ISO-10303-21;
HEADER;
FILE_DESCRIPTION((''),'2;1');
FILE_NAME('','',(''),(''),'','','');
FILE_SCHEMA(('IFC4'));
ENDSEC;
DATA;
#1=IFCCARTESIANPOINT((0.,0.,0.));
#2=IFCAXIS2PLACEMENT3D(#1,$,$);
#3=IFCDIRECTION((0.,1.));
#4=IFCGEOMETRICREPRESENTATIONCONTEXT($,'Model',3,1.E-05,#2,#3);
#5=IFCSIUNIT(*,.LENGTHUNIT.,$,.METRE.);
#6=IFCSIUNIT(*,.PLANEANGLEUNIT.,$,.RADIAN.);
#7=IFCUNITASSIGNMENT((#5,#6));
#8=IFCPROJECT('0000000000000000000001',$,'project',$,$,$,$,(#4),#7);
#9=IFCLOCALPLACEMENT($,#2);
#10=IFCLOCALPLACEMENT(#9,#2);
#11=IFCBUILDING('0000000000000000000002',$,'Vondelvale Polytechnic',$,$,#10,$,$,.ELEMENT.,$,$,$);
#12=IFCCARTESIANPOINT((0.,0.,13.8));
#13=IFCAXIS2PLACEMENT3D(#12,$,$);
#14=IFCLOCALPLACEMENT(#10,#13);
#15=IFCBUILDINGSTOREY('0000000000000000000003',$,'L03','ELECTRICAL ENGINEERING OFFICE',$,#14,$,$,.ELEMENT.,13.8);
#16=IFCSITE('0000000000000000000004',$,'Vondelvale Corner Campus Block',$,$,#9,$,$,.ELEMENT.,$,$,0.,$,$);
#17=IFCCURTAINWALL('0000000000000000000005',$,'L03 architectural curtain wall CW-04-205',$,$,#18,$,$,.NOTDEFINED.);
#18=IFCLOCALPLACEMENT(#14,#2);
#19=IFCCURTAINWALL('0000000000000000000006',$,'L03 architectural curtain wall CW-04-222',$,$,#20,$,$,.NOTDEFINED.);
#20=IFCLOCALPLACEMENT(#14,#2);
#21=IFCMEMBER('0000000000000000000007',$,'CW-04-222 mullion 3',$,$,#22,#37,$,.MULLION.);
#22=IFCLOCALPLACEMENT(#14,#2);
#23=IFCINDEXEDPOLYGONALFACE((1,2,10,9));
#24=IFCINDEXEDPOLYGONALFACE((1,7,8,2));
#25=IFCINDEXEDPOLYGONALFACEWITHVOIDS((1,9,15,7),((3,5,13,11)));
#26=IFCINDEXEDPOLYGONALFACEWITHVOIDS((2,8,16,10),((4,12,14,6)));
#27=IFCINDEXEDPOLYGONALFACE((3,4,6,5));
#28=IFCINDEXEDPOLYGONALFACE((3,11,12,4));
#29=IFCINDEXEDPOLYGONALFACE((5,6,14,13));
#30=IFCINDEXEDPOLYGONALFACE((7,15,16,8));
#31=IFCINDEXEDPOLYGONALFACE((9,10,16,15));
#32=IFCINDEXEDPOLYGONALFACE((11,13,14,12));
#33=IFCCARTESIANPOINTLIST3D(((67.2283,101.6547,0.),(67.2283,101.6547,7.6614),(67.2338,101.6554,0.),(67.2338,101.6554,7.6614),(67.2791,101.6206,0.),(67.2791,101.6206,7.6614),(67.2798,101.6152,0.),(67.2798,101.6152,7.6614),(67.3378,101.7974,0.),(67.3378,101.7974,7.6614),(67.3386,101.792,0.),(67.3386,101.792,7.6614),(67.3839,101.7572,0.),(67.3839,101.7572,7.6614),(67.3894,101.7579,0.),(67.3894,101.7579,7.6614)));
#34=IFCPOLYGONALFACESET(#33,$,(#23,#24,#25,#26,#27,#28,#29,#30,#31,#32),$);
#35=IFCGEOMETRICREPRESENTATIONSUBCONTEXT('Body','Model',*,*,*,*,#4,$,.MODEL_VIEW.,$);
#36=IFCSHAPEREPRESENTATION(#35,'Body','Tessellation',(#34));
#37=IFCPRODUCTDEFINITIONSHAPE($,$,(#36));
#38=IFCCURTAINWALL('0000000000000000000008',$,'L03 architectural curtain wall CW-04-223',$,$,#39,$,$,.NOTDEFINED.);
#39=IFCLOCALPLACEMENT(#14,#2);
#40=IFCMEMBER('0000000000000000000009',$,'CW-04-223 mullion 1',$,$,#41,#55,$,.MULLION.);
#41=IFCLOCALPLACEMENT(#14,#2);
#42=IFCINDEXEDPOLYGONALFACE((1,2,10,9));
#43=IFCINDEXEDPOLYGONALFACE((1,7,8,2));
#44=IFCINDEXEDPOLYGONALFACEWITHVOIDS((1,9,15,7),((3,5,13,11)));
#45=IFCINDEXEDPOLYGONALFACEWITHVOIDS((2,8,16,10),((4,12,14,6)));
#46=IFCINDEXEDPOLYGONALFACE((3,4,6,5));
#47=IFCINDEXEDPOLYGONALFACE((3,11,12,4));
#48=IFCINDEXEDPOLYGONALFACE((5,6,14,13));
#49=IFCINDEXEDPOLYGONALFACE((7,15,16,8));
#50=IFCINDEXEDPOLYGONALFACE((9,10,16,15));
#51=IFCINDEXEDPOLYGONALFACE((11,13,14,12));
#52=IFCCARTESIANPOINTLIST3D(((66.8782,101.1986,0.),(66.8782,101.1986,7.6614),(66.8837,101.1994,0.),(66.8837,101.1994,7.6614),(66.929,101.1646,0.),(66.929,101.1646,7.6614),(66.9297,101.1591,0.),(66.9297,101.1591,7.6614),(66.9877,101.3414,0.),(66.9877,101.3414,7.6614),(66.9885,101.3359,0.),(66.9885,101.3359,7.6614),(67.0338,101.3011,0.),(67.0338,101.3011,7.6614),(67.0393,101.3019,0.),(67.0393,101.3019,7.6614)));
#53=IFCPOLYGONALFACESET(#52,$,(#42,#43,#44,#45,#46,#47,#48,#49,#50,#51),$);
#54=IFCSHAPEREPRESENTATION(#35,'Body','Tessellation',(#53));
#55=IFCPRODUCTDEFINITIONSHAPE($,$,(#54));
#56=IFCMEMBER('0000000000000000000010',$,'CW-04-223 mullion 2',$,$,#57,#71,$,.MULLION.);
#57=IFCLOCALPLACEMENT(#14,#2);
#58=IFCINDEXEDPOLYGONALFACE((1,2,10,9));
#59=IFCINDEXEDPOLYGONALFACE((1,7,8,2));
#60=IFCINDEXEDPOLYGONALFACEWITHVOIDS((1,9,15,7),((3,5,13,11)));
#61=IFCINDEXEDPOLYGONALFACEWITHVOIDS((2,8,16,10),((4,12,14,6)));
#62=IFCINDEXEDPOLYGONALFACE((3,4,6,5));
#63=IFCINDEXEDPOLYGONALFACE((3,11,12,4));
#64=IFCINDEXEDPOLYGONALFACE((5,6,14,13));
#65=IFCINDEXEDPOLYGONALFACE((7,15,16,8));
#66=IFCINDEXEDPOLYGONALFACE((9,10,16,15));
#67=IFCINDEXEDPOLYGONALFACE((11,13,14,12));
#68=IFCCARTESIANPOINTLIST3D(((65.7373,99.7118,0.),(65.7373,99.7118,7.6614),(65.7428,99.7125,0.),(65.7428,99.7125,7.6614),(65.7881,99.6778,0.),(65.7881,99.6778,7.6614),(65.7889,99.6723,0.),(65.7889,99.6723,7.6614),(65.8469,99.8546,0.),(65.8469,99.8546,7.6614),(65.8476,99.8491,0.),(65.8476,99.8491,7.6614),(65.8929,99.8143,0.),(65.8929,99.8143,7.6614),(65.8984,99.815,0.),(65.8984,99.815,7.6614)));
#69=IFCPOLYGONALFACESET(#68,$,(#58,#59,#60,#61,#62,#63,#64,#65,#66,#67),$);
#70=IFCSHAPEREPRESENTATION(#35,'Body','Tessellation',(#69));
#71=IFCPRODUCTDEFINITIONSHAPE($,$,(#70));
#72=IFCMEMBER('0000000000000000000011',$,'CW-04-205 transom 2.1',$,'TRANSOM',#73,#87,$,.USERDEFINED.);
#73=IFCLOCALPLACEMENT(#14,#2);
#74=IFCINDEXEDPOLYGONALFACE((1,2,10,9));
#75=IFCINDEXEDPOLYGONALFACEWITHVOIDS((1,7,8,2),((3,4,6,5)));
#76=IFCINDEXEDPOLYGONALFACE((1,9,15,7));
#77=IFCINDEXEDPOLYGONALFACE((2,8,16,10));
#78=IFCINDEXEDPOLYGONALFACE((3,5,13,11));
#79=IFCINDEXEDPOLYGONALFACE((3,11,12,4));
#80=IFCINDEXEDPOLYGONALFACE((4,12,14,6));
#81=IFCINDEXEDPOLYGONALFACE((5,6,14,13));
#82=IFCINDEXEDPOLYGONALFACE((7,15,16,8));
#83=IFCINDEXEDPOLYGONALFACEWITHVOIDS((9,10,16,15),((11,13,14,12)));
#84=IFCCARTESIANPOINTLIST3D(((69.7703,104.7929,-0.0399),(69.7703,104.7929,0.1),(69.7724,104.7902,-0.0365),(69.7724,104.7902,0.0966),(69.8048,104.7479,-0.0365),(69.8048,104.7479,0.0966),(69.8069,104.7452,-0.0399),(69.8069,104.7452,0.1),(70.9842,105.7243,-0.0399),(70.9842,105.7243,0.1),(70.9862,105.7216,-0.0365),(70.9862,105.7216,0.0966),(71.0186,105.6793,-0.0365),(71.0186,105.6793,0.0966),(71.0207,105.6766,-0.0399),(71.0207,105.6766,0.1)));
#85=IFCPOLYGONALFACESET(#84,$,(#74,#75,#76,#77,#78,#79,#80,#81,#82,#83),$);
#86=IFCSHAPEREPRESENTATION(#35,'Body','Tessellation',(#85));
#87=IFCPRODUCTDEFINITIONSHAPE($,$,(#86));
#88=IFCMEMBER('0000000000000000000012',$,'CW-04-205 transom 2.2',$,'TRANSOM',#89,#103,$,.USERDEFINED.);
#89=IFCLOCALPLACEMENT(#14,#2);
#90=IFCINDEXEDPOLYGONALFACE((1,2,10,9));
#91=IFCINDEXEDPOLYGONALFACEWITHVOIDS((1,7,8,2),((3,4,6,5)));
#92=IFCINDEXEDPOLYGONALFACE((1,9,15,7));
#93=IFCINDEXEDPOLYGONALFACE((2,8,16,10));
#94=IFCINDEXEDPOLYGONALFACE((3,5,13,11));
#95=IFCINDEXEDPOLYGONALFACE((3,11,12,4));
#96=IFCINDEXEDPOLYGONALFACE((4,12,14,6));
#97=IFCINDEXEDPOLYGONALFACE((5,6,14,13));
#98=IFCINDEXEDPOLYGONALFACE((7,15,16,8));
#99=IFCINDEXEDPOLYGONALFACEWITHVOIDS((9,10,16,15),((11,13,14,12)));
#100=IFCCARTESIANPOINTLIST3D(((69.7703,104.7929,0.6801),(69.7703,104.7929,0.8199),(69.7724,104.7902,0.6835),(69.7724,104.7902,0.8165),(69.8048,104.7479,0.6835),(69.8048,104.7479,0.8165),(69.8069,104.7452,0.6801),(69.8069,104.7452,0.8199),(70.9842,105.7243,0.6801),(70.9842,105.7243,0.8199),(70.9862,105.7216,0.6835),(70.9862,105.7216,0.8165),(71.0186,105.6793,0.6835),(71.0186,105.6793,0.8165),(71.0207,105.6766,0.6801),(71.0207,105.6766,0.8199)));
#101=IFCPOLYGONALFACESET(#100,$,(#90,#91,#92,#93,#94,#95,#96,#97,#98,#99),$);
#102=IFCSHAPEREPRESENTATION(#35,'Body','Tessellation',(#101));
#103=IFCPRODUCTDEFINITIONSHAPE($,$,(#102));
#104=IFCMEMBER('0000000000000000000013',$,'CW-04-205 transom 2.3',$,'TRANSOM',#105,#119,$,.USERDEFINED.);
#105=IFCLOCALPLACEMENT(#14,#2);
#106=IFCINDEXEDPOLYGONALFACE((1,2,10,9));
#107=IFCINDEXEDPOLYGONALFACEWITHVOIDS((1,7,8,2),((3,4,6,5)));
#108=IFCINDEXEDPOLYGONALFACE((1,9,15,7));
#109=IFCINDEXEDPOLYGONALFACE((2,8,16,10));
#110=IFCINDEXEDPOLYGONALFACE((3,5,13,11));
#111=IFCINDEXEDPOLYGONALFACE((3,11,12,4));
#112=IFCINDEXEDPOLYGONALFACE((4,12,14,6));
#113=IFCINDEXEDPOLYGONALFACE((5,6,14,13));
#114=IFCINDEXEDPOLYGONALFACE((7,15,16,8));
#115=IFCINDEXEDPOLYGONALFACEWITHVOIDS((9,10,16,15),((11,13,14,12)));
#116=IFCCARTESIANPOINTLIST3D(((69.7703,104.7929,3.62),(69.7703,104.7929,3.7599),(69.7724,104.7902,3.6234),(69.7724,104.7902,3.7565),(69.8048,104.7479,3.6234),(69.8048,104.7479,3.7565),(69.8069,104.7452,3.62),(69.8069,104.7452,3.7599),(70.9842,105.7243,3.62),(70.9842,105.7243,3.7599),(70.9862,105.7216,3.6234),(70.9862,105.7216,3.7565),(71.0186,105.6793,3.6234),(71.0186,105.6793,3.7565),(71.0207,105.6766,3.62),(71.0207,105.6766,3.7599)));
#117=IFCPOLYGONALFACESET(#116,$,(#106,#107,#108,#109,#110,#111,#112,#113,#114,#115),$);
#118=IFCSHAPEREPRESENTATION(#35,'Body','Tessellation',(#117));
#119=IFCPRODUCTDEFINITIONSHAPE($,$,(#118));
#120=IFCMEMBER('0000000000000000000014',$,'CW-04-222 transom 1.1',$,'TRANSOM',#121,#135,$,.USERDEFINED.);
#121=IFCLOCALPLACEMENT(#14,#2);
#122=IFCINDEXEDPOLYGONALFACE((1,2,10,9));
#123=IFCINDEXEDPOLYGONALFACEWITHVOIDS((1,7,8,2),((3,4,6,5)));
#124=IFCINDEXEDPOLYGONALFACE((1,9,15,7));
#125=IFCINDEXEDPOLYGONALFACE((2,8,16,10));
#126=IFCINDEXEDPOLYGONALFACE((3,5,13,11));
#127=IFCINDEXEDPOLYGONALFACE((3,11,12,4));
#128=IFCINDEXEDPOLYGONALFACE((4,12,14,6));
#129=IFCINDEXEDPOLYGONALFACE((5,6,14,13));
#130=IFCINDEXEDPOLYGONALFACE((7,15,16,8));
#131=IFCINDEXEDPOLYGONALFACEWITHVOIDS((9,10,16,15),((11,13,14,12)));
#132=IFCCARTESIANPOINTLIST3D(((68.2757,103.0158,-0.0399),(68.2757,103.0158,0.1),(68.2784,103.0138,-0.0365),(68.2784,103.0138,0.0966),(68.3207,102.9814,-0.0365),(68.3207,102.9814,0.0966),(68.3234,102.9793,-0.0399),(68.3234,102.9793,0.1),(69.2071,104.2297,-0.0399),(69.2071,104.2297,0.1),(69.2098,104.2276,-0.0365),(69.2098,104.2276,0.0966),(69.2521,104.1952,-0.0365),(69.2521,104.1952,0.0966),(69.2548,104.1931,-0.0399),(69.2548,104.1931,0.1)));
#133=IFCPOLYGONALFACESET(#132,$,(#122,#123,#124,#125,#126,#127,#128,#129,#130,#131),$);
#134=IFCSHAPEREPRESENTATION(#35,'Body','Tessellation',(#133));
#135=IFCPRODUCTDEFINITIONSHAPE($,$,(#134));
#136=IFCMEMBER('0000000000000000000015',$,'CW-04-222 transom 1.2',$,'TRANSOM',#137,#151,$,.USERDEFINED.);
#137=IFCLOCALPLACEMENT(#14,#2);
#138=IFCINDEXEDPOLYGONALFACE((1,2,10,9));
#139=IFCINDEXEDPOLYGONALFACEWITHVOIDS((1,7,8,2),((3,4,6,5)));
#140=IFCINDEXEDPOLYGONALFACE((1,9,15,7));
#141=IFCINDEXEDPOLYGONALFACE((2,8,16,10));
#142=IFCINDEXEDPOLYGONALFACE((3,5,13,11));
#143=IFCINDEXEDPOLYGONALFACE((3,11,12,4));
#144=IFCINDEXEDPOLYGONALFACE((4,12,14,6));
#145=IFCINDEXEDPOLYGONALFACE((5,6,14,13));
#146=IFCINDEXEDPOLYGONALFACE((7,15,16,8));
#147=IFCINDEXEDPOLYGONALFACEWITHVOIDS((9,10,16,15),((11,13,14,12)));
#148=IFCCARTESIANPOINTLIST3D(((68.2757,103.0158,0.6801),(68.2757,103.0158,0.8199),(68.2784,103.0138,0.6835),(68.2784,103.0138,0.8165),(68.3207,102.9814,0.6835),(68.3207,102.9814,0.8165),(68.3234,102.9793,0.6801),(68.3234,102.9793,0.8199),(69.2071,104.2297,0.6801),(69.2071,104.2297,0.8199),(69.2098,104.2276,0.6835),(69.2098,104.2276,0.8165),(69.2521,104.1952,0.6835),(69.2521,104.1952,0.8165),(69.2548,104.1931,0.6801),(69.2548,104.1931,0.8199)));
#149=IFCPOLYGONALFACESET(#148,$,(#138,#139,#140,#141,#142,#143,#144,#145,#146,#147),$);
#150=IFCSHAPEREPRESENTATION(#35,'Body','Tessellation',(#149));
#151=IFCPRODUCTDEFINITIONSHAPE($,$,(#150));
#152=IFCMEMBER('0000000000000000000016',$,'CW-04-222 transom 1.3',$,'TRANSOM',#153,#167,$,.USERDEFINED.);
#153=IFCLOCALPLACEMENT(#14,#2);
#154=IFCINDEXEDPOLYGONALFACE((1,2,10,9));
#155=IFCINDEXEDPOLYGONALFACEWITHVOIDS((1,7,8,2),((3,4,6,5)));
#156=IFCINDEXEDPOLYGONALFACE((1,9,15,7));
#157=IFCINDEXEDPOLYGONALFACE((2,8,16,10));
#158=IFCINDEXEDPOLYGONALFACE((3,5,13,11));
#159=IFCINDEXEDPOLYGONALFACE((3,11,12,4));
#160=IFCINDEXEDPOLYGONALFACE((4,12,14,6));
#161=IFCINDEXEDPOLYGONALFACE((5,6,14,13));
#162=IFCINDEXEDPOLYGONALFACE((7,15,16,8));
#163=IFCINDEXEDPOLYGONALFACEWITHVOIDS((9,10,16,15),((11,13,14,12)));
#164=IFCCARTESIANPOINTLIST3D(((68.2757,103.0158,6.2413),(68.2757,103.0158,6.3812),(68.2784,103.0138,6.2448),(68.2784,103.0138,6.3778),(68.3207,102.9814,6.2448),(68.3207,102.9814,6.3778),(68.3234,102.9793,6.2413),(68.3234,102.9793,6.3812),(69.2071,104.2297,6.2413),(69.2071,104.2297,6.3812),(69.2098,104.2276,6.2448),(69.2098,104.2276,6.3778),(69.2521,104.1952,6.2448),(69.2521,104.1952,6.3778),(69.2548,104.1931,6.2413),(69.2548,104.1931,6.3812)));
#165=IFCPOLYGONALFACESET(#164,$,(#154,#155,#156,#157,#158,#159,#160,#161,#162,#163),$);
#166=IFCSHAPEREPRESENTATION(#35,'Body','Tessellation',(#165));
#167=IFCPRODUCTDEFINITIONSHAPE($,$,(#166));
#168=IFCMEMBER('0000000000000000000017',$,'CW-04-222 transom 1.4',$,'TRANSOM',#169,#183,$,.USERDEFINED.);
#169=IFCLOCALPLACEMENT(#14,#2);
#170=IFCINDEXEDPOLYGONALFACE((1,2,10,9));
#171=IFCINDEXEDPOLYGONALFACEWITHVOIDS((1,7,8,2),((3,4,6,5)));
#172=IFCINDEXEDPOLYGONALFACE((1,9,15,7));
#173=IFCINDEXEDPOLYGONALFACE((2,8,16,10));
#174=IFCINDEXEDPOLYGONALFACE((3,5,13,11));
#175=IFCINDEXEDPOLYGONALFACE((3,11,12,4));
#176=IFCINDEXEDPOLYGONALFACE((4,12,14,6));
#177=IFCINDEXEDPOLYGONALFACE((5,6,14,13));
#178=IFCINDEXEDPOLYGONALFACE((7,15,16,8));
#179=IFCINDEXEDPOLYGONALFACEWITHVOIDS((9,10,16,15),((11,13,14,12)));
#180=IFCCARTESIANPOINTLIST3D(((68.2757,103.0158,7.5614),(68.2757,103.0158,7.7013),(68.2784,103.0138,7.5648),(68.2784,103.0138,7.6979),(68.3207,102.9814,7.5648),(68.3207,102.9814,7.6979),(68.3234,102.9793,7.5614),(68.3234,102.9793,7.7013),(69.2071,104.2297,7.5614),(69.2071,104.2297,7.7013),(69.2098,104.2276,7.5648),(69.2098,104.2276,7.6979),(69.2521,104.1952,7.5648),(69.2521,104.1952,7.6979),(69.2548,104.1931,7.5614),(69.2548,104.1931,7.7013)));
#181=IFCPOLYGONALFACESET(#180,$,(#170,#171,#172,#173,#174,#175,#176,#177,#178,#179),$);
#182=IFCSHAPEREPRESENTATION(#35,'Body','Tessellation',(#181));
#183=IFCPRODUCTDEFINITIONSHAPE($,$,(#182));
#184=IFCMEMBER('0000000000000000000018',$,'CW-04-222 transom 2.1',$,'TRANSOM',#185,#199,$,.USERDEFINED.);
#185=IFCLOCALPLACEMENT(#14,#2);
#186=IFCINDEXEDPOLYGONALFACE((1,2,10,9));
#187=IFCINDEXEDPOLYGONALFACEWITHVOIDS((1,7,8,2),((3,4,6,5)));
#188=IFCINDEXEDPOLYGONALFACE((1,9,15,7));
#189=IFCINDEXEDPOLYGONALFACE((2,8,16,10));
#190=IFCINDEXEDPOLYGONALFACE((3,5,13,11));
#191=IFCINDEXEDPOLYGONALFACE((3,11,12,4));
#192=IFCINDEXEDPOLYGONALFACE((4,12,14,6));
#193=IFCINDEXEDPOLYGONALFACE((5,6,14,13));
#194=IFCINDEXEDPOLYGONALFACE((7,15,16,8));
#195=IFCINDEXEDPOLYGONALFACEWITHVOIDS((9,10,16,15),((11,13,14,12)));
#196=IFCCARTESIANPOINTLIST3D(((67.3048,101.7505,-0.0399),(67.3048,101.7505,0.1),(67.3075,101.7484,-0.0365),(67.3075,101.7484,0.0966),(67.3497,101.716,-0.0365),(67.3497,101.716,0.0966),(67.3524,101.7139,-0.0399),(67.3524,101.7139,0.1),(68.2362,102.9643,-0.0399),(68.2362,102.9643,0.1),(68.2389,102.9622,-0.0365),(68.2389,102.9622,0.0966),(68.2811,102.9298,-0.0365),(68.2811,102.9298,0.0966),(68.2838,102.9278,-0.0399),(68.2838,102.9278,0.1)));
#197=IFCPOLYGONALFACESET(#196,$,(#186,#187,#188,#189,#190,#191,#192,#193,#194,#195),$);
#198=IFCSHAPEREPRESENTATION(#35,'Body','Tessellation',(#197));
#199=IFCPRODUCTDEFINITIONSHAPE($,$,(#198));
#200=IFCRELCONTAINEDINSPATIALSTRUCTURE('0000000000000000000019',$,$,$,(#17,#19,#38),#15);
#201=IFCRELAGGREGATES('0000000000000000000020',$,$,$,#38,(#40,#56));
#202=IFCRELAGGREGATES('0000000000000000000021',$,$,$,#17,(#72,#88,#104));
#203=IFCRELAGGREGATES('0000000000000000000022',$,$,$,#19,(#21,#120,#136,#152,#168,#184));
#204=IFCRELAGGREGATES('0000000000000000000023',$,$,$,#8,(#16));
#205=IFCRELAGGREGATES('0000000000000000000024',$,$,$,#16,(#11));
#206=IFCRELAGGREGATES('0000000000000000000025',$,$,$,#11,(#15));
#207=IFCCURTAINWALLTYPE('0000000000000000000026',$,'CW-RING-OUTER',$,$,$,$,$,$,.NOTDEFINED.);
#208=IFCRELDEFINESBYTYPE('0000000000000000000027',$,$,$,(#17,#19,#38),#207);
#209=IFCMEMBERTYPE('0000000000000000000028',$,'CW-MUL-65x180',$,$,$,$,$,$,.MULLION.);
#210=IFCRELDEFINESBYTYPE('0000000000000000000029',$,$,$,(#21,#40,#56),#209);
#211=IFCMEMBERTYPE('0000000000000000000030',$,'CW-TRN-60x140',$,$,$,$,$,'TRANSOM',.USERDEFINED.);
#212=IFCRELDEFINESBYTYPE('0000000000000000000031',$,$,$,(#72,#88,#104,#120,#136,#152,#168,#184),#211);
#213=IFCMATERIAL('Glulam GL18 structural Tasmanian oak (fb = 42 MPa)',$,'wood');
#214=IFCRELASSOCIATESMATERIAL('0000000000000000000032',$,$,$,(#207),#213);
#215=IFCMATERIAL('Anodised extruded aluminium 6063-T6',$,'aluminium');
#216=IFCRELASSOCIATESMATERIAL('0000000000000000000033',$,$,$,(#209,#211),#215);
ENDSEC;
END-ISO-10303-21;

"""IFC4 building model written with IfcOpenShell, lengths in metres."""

from ifc_helpers import new_model, si_unit, direction, frame, origin, origin_2d, place, context, subcontext, project, spatial, hollow_rectangle, extrude, material, material_profile, profile_set, type_object, element, aggregate, save


model = new_model("IFC4")

# Units and contexts
model_context = context("Model", 3, precision=1e-05, world=origin(), true_north=direction((0.0, 1.0)))
body_context = subcontext(model_context, "Body", "Model", "MODEL_VIEW")
ifc_project = project(units=[si_unit("LENGTHUNIT", "METRE"), si_unit("PLANEANGLEUNIT", "RADIAN")], contexts=[model_context])

# Site, building, storey
site_placement = place(None, origin())
site = spatial("IfcSite", under=ifc_project, at=site_placement, Name="Vondelvale Corner Campus Block", CompositionType="ELEMENT", RefElevation=0.0)
building_placement = place(site_placement, origin())
building = spatial("IfcBuilding", under=site, at=building_placement, Name="Vondelvale Polytechnic", CompositionType="ELEMENT")
storey_placement = place(building_placement, frame((0.0, 0.0, 13.8)))
storey = spatial("IfcBuildingStorey", under=building, at=storey_placement, Name="L03", Description="ELECTRICAL ENGINEERING OFFICE", CompositionType="ELEMENT", Elevation=13.8)

# Shared definitions
ifc_material_1 = material(Name="Glulam GL18 structural Tasmanian oak (fb = 42 MPa)", Category="wood")

# Curtain wall
curtain_wall_type = type_object("IfcCurtainWallType", Name="CW-RING-OUTER", PredefinedType="NOTDEFINED", material=ifc_material_1)
curtain_wall_1_placement = place(storey_placement, origin())
curtain_wall_1 = element("IfcCurtainWall", 1, at=curtain_wall_1_placement, inside=storey, type_object=curtain_wall_type, Name="L03 architectural curtain wall CW-04-205", PredefinedType="NOTDEFINED")
ifc_material_2 = material(Name="Anodised extruded aluminium 6063-T6", Category="aluminium")
ifc_material_profile_1 = material_profile(ifc_material_2, hollow_rectangle(XDim=0.0649, YDim=0.1799, WallThickness=0.0039, at=origin_2d()), Name="CW-MUL-180x65")
ifc_profile_set_1 = profile_set([ifc_material_profile_1], Name="Anodised extruded aluminium 6063-T6")
member_type_1 = type_object("IfcMemberType", Name="CW-MUL-65x180", PredefinedType="MULLION", material=ifc_profile_set_1)

# Curtain walls, members
curtain_wall_2_placement = place(storey_placement, origin())
curtain_wall_2 = element("IfcCurtainWall", 2, at=curtain_wall_2_placement, inside=storey, type_object=curtain_wall_type, Name="L03 architectural curtain wall CW-04-222", PredefinedType="NOTDEFINED")
member_1_placement = place(storey_placement, frame((67.3088, 101.7063, 0.0), z_axis=(0.0, 0.0, 1.0), x_axis=(0.793334, -0.608787, 0.0)))
member_1 = element("IfcMember", 3, at=member_1_placement, type_object=member_type_1, Name="CW-04-222 mullion 3", PredefinedType="MULLION", context=body_context, shape_type="SweptSolid", body=[
    extrude(hollow_rectangle(XDim=0.0649, YDim=0.1799, WallThickness=0.0039, at=origin_2d()), origin(), (0.0, 0.0, 1.0), 7.6614),
])
curtain_wall_3_placement = place(storey_placement, origin())
curtain_wall_3 = element("IfcCurtainWall", 4, at=curtain_wall_3_placement, inside=storey, type_object=curtain_wall_type, Name="L03 architectural curtain wall CW-04-223", PredefinedType="NOTDEFINED")
member_2_placement = place(storey_placement, frame((66.9587, 101.2502, 0.0), z_axis=(0.0, 0.0, 1.0), x_axis=(0.793346, -0.608771, 0.0)))
member_2 = element("IfcMember", 5, at=member_2_placement, type_object=member_type_1, Name="CW-04-223 mullion 1", PredefinedType="MULLION", context=body_context, shape_type="SweptSolid", body=[
    extrude(hollow_rectangle(XDim=0.0649, YDim=0.1799, WallThickness=0.0039, at=origin_2d()), origin(), (0.0, 0.0, 1.0), 7.6614),
])
member_3_placement = place(storey_placement, frame((65.8179, 99.7634, 0.0), z_axis=(0.0, 0.0, 1.0), x_axis=(0.793346, -0.608771, 0.0)))
member_3 = element("IfcMember", 6, at=member_3_placement, type_object=member_type_1, Name="CW-04-223 mullion 2", PredefinedType="MULLION", context=body_context, shape_type="SweptSolid", body=[
    extrude(hollow_rectangle(XDim=0.0649, YDim=0.1799, WallThickness=0.0039, at=origin_2d()), origin(), (0.0, 0.0, 1.0), 7.6614),
])

# Members
ifc_material_profile_2 = material_profile(ifc_material_2, hollow_rectangle(XDim=0.0601, YDim=0.1399, WallThickness=0.0034, at=origin_2d()), Name="CW-TRN-140x60")
ifc_profile_set_2 = profile_set([ifc_material_profile_2], Name="Anodised extruded aluminium 6063-T6")
member_type_2 = type_object("IfcMemberType", Name="CW-TRN-60x140", ElementType="TRANSOM", PredefinedType="USERDEFINED", material=ifc_profile_set_2)
member_4_placement = place(storey_placement, frame((71.0024, 105.7004, 0.03), z_axis=(-0.793365, -0.608746, 0.0), x_axis=(0.608746, -0.793365, 0.0)))
member_4 = element("IfcMember", 7, at=member_4_placement, type_object=member_type_2, Name="CW-04-205 transom 2.1", ObjectType="TRANSOM", PredefinedType="USERDEFINED", context=body_context, shape_type="SweptSolid", body=[
    extrude(hollow_rectangle(XDim=0.0601, YDim=0.1399, WallThickness=0.0034, at=origin_2d()), origin(), (0.0, 0.0, 1.0), 1.53),
])
member_5_placement = place(storey_placement, frame((71.0024, 105.7004, 0.75), z_axis=(-0.793365, -0.608746, 0.0), x_axis=(0.608746, -0.793365, 0.0)))
member_5 = element("IfcMember", 8, at=member_5_placement, type_object=member_type_2, Name="CW-04-205 transom 2.2", ObjectType="TRANSOM", PredefinedType="USERDEFINED", context=body_context, shape_type="SweptSolid", body=[
    extrude(hollow_rectangle(XDim=0.0601, YDim=0.1399, WallThickness=0.0034, at=origin_2d()), origin(), (0.0, 0.0, 1.0), 1.53),
])
member_6_placement = place(storey_placement, frame((71.0024, 105.7004, 3.6899), z_axis=(-0.793365, -0.608746, 0.0), x_axis=(0.608746, -0.793365, 0.0)))
member_6 = element("IfcMember", 9, at=member_6_placement, type_object=member_type_2, Name="CW-04-205 transom 2.3", ObjectType="TRANSOM", PredefinedType="USERDEFINED", context=body_context, shape_type="SweptSolid", body=[
    extrude(hollow_rectangle(XDim=0.0601, YDim=0.1399, WallThickness=0.0034, at=origin_2d()), origin(), (0.0, 0.0, 1.0), 1.53),
])
member_7_placement = place(storey_placement, frame((69.231, 104.2114, 0.03), z_axis=(-0.608746, -0.793365, 0.0), x_axis=(0.793365, -0.608746, 0.0)))
member_7 = element("IfcMember", 10, at=member_7_placement, type_object=member_type_2, Name="CW-04-222 transom 1.1", ObjectType="TRANSOM", PredefinedType="USERDEFINED", context=body_context, shape_type="SweptSolid", body=[
    extrude(hollow_rectangle(XDim=0.0601, YDim=0.1399, WallThickness=0.0034, at=origin_2d()), origin(), (0.0, 0.0, 1.0), 1.53),
])
member_8_placement = place(storey_placement, frame((69.231, 104.2114, 0.75), z_axis=(-0.608746, -0.793365, 0.0), x_axis=(0.793365, -0.608746, 0.0)))
member_8 = element("IfcMember", 11, at=member_8_placement, type_object=member_type_2, Name="CW-04-222 transom 1.2", ObjectType="TRANSOM", PredefinedType="USERDEFINED", context=body_context, shape_type="SweptSolid", body=[
    extrude(hollow_rectangle(XDim=0.0601, YDim=0.1399, WallThickness=0.0034, at=origin_2d()), origin(), (0.0, 0.0, 1.0), 1.53),
])
member_9_placement = place(storey_placement, frame((69.231, 104.2114, 6.3113), z_axis=(-0.608746, -0.793365, 0.0), x_axis=(0.793365, -0.608746, 0.0)))
member_9 = element("IfcMember", 12, at=member_9_placement, type_object=member_type_2, Name="CW-04-222 transom 1.3", ObjectType="TRANSOM", PredefinedType="USERDEFINED", context=body_context, shape_type="SweptSolid", body=[
    extrude(hollow_rectangle(XDim=0.0601, YDim=0.1399, WallThickness=0.0034, at=origin_2d()), origin(), (0.0, 0.0, 1.0), 1.53),
])
member_10_placement = place(storey_placement, frame((69.231, 104.2114, 7.6313), z_axis=(-0.608746, -0.793365, 0.0), x_axis=(0.793365, -0.608746, 0.0)))
member_10 = element("IfcMember", 13, at=member_10_placement, type_object=member_type_2, Name="CW-04-222 transom 1.4", ObjectType="TRANSOM", PredefinedType="USERDEFINED", context=body_context, shape_type="SweptSolid", body=[
    extrude(hollow_rectangle(XDim=0.0601, YDim=0.1399, WallThickness=0.0034, at=origin_2d()), origin(), (0.0, 0.0, 1.0), 1.53),
])
member_11_placement = place(storey_placement, frame((68.26, 102.946, 0.03), z_axis=(-0.608746, -0.793365, 0.0), x_axis=(0.793365, -0.608746, 0.0)))
member_11 = element("IfcMember", 14, at=member_11_placement, type_object=member_type_2, Name="CW-04-222 transom 2.1", ObjectType="TRANSOM", PredefinedType="USERDEFINED", context=body_context, shape_type="SweptSolid", body=[
    extrude(hollow_rectangle(XDim=0.0601, YDim=0.1399, WallThickness=0.0034, at=origin_2d()), origin(), (0.0, 0.0, 1.0), 1.53),
])

aggregate(curtain_wall_3, [member_2, member_3])
aggregate(curtain_wall_1, [member_4, member_5, member_6])
aggregate(curtain_wall_2, [member_1, member_7, member_8, member_9, member_10, member_11])

save(model, "model.ifc")
